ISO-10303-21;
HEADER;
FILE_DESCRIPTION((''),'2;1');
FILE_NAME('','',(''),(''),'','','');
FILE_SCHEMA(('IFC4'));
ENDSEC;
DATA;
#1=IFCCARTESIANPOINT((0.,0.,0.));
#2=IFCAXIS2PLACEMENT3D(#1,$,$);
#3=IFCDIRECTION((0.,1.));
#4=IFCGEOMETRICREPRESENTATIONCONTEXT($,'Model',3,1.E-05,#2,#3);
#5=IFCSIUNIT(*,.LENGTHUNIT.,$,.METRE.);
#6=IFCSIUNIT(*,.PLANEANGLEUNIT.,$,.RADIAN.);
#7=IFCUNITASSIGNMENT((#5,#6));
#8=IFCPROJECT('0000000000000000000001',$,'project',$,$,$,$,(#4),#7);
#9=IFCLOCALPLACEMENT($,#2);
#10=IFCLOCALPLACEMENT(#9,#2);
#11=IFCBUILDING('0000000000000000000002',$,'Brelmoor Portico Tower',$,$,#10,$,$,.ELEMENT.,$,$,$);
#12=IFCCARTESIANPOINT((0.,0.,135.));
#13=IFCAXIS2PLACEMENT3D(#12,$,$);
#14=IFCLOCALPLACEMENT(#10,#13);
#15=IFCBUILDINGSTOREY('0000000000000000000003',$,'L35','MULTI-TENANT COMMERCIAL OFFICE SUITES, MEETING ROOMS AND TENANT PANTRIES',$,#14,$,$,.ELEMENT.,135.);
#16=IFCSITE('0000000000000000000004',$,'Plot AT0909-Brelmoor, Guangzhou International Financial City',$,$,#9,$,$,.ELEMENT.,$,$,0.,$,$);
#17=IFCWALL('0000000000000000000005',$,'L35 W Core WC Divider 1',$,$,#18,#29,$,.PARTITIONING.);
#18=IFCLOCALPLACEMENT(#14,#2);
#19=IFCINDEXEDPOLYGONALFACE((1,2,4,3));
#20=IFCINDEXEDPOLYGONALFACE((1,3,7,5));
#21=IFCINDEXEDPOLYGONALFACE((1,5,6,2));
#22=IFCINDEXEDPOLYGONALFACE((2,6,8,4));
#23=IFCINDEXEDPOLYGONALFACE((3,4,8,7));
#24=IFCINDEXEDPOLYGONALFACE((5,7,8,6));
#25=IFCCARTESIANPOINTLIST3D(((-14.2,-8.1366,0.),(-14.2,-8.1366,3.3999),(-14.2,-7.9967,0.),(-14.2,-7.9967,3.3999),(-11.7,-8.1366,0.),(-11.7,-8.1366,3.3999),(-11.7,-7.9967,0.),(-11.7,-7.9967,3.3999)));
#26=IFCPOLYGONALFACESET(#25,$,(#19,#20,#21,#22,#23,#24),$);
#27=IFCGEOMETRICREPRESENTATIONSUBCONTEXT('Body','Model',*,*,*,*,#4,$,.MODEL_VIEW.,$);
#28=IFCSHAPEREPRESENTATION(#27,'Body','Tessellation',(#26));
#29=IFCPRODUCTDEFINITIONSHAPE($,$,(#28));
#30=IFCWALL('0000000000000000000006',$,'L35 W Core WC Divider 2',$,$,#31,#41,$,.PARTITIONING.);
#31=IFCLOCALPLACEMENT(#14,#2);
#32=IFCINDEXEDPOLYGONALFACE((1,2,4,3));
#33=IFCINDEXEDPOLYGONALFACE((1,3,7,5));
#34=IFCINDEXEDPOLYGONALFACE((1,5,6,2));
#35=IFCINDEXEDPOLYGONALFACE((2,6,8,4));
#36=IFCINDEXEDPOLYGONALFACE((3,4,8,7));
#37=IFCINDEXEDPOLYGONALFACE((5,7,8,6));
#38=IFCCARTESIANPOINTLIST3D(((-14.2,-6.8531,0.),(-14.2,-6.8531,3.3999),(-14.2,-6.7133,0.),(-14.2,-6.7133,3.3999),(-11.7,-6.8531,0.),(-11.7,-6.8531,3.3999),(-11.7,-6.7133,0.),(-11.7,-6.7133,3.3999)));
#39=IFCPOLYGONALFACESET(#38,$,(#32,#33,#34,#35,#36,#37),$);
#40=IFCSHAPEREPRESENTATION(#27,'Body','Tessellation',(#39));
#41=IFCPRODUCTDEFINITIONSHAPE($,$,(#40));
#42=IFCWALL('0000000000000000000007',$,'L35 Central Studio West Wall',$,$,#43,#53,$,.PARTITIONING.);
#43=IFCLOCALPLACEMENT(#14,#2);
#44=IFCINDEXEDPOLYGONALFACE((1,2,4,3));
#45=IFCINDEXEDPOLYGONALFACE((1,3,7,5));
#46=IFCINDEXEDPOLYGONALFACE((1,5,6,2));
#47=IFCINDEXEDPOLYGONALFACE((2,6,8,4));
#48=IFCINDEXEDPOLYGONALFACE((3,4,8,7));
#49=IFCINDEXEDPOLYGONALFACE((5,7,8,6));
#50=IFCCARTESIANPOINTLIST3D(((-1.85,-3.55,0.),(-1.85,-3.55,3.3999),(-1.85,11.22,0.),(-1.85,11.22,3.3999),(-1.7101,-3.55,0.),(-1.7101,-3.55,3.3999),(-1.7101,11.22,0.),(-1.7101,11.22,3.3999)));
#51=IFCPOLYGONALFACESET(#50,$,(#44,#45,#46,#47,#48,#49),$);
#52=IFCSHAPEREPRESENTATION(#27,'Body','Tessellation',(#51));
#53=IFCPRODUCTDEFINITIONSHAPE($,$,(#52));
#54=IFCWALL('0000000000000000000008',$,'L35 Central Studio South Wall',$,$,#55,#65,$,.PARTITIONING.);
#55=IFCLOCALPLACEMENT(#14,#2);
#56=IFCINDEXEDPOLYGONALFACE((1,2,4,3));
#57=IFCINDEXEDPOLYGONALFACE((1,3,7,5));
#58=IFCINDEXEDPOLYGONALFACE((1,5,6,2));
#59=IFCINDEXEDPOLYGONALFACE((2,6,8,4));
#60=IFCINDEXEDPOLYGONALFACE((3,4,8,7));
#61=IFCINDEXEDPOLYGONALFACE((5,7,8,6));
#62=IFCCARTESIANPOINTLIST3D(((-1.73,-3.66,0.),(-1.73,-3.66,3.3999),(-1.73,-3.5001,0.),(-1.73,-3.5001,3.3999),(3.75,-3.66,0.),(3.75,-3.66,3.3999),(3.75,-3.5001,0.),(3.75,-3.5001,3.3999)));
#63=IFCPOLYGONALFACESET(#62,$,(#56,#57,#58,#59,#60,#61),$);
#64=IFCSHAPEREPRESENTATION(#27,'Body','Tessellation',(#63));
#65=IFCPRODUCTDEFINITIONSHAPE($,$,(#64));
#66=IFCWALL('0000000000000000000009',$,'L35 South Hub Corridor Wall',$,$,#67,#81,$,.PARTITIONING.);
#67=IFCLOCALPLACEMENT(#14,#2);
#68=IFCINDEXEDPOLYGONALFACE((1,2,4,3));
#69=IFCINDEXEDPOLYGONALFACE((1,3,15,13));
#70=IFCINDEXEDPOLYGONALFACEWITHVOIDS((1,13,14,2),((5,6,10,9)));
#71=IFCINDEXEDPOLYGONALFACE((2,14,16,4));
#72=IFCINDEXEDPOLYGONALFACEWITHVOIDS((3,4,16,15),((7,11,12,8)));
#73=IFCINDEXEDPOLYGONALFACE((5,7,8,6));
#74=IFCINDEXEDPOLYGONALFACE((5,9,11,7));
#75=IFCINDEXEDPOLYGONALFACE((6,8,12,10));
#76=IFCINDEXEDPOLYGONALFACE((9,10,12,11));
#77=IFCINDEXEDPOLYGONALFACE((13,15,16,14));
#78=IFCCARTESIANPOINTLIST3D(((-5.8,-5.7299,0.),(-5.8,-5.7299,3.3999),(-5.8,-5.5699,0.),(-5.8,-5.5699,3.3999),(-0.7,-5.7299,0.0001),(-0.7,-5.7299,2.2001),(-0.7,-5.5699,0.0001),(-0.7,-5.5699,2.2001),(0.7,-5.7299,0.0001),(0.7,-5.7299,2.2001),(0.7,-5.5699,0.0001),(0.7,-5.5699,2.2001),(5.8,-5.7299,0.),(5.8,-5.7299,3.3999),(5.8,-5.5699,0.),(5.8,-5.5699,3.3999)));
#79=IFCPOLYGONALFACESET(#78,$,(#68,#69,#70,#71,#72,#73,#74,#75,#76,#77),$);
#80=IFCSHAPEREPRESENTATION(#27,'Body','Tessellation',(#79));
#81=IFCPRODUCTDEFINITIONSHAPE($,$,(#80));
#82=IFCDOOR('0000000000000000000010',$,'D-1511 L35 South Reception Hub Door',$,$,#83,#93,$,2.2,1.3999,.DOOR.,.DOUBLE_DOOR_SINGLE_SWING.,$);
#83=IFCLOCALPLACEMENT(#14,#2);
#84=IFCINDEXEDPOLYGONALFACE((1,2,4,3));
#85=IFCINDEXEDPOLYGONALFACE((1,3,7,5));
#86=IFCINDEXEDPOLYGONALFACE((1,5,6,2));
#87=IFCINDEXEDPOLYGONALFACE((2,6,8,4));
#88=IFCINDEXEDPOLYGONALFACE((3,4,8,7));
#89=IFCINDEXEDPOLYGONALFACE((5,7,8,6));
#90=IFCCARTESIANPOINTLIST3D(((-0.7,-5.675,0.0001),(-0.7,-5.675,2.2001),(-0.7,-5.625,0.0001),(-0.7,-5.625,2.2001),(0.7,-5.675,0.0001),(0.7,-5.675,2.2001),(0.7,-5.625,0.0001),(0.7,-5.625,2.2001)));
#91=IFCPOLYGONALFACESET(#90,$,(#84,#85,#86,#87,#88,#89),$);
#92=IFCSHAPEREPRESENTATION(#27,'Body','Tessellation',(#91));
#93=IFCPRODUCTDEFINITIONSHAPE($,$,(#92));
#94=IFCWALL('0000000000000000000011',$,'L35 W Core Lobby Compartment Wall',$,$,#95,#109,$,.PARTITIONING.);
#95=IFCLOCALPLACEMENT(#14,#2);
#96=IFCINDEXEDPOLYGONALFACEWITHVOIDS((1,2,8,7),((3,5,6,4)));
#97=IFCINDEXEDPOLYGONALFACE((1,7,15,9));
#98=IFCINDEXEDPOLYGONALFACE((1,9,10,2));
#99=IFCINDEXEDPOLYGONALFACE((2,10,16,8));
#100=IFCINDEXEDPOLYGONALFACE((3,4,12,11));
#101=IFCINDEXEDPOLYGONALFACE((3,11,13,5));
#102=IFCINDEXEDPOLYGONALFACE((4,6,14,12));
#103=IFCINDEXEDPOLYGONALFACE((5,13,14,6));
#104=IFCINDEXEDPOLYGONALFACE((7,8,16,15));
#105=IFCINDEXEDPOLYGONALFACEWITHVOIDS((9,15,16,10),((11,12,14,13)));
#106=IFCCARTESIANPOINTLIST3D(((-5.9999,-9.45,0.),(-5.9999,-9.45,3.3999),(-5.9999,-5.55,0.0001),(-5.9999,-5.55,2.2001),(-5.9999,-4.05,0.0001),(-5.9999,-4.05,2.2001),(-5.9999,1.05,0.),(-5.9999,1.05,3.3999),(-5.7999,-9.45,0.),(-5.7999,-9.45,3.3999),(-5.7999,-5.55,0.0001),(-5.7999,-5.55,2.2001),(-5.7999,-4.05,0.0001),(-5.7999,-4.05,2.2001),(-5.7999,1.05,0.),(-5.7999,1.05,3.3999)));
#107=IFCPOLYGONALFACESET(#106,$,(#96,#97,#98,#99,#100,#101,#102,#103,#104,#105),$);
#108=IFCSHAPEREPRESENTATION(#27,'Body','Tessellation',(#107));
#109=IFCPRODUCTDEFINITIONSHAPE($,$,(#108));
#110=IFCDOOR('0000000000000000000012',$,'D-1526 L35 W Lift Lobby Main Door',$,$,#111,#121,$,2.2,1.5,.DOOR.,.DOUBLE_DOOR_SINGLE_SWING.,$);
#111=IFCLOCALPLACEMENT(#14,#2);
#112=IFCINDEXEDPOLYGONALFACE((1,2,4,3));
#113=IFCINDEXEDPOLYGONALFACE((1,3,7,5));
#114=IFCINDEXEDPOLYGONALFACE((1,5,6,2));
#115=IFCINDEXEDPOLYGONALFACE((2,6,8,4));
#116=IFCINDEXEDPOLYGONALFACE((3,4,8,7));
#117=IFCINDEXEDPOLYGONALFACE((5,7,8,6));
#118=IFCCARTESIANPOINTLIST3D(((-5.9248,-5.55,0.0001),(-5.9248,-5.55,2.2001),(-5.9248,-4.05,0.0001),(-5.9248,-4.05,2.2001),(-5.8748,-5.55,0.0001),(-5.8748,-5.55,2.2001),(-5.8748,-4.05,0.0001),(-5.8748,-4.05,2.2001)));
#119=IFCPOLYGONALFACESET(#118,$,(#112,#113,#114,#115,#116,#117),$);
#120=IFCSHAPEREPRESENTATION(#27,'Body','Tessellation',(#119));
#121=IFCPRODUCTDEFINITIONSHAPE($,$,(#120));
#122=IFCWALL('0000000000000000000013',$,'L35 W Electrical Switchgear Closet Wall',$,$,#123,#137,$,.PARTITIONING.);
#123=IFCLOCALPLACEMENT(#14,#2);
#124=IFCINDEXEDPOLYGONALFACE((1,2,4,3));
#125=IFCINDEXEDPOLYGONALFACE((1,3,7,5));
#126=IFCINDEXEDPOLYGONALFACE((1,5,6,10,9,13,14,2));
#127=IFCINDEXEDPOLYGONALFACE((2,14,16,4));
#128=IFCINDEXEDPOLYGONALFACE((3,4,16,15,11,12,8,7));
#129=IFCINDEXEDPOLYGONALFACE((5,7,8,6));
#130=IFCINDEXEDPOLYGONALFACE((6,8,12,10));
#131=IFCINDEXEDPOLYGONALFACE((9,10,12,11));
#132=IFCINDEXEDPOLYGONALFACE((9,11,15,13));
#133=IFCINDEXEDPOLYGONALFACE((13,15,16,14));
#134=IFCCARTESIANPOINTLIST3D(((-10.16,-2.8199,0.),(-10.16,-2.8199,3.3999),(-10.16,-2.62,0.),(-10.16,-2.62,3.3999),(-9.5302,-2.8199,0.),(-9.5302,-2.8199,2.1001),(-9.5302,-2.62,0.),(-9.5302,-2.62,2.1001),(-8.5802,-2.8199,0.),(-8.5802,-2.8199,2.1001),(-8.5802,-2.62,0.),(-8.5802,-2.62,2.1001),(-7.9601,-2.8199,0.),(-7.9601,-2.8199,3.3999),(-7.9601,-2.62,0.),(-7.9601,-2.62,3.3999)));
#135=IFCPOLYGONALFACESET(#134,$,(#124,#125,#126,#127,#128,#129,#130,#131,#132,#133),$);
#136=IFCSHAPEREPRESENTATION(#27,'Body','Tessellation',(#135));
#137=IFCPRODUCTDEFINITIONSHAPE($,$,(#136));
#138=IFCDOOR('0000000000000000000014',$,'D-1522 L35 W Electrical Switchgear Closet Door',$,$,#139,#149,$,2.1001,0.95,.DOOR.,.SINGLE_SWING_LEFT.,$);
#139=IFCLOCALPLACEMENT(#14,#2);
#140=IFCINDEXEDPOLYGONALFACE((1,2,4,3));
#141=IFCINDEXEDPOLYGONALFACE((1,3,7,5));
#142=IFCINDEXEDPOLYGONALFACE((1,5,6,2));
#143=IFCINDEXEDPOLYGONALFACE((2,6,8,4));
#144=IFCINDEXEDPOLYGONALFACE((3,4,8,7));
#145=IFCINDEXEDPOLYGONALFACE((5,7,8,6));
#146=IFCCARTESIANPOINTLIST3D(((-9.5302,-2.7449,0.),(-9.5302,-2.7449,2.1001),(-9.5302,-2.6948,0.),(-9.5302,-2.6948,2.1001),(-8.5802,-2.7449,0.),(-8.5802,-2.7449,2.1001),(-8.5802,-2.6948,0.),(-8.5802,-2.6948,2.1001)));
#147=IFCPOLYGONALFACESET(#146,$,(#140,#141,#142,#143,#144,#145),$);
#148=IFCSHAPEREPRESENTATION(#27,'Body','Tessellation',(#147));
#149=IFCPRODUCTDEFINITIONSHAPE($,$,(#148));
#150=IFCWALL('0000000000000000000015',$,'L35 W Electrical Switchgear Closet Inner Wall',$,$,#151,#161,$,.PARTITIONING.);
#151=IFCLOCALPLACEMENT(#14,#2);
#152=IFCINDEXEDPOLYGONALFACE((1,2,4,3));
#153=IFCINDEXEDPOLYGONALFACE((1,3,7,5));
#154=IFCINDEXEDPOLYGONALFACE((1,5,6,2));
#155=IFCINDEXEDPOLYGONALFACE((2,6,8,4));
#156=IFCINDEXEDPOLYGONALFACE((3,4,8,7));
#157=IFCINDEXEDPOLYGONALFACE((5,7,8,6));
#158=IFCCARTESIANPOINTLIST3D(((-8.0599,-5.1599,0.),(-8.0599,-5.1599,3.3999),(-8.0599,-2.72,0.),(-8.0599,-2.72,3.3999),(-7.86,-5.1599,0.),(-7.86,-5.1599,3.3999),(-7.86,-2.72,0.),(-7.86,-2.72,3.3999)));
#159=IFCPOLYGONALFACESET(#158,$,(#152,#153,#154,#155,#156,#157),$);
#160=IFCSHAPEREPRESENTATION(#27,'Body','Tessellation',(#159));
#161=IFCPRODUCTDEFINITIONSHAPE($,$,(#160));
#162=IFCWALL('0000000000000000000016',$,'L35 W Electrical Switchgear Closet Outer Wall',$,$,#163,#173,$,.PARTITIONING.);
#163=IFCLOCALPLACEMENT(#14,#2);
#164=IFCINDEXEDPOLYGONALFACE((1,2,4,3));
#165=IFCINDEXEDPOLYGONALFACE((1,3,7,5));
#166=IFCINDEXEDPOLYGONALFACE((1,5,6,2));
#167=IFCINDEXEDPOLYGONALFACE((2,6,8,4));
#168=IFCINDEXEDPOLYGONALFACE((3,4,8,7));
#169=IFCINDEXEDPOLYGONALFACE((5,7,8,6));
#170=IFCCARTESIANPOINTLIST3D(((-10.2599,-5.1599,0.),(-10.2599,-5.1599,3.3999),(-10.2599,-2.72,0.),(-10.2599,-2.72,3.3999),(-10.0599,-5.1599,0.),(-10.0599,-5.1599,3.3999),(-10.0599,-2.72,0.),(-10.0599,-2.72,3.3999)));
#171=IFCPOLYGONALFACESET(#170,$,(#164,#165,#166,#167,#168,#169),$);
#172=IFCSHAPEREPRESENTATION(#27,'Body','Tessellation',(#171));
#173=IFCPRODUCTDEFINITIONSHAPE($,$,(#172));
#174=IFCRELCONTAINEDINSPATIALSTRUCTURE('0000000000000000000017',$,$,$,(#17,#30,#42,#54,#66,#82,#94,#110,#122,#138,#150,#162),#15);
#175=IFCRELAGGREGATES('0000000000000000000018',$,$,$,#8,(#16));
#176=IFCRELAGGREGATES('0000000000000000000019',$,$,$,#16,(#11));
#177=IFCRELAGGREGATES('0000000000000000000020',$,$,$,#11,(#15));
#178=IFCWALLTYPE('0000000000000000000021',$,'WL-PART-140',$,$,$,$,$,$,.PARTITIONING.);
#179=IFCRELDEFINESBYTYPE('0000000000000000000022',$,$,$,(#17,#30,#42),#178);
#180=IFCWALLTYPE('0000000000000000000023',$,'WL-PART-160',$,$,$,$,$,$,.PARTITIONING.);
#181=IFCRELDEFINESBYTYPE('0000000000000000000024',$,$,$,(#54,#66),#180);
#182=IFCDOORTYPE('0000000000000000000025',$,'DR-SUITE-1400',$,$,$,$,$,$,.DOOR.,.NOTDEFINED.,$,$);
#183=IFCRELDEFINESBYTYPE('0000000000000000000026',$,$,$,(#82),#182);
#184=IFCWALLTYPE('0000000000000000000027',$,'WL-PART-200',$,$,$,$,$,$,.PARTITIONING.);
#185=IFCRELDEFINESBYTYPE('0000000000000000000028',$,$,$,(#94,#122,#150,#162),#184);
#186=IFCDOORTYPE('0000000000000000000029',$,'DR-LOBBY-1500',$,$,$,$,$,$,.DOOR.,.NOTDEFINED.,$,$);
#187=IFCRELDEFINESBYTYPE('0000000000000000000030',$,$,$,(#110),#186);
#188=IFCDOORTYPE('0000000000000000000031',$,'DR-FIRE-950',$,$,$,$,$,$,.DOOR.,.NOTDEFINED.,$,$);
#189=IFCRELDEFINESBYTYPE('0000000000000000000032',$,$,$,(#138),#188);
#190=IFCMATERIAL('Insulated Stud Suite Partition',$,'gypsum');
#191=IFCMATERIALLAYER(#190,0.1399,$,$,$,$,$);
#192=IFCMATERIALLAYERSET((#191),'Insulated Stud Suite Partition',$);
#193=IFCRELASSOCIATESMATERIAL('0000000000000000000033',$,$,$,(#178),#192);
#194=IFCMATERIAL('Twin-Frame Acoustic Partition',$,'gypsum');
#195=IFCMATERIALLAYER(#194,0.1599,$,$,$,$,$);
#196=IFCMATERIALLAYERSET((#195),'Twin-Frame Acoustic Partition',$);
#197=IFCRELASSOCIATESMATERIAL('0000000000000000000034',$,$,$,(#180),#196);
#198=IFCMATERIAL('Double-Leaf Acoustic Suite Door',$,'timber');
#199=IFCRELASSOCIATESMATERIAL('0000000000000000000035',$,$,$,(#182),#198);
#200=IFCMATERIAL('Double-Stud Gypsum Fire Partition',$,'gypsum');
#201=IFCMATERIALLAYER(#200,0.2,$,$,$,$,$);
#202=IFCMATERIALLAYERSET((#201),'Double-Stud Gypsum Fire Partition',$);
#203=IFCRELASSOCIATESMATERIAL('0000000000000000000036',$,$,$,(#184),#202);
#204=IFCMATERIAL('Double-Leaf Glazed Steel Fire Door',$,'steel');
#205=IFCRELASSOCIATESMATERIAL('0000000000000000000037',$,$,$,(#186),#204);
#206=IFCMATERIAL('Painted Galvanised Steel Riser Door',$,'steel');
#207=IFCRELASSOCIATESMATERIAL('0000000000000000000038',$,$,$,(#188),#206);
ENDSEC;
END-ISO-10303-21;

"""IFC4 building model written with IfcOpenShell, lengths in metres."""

from ifc_helpers import new_model, si_unit, direction, frame, frame_2d, origin, place, context, subcontext, project, spatial, rectangle, extrude, material, layer, layer_set, type_object, element, fill, save


model = new_model("IFC4")

# Units and contexts
model_context = context("Model", 3, precision=1e-05, world=origin(), true_north=direction((0.0, 1.0)))
body_context = subcontext(model_context, "Body", "Model", "MODEL_VIEW")
ifc_project = project(units=[si_unit("LENGTHUNIT", "METRE"), si_unit("PLANEANGLEUNIT", "RADIAN")], contexts=[model_context])

# Site, building, storey
site_placement = place(None, origin())
site = spatial("IfcSite", under=ifc_project, at=site_placement, Name="Plot AT0909-Brelmoor, Guangzhou International Financial City", CompositionType="ELEMENT", RefElevation=0.0)
building_placement = place(site_placement, origin())
building = spatial("IfcBuilding", under=site, at=building_placement, Name="Brelmoor Portico Tower", CompositionType="ELEMENT")
storey_placement = place(building_placement, frame((0.0, 0.0, 135.0)))
storey = spatial("IfcBuildingStorey", under=building, at=storey_placement, Name="L35", Description="MULTI-TENANT COMMERCIAL OFFICE SUITES, MEETING ROOMS AND TENANT PANTRIES", CompositionType="ELEMENT", Elevation=135.0)

# Walls
ifc_material_1 = material(Name="Insulated Stud Suite Partition", Category="gypsum")
ifc_layer_1 = layer(ifc_material_1, 0.1399)
ifc_layer_set_1 = layer_set([ifc_layer_1], Name="Insulated Stud Suite Partition")
wall_type_1 = type_object("IfcWallType", Name="WL-PART-140", PredefinedType="PARTITIONING", material=ifc_layer_set_1)
for number, where, z_axis, x_axis, name in (
    (1, (-11.7, -8.0667, 0.0), (0.0, 0.0, 1.0), (-1.0, 0.0, 0.0), "L35 W Core WC Divider 1"),
    (2, (-11.7, -6.7832, 0.0), (0.0, 0.0, 1.0), (-1.0, 0.0, 0.0), "L35 W Core WC Divider 2"),
):
    element("IfcWall", number, at=place(storey_placement, frame(where, z_axis=z_axis, x_axis=x_axis)), inside=storey, type_object=wall_type_1, Name=name, PredefinedType="PARTITIONING", context=body_context, shape_type="SweptSolid", body=[
        extrude(rectangle(XDim=2.5, YDim=0.1399, at=frame_2d((1.25, 0.0))), origin(), (0.0, 0.0, 1.0), 3.3999),
    ])
wall_1_placement = place(storey_placement, frame((-1.78, -3.55, 0.0), z_axis=(0.0, 0.0, 1.0), x_axis=(0.0, 1.0, 0.0)))
element("IfcWall", 3, at=wall_1_placement, inside=storey, type_object=wall_type_1, Name="L35 Central Studio West Wall", PredefinedType="PARTITIONING", context=body_context, shape_type="SweptSolid", body=[
    extrude(rectangle(XDim=14.77, YDim=0.1399, at=frame_2d((7.385, 0.0))), origin(), (0.0, 0.0, 1.0), 3.3999),
])

# Shared definitions
ifc_material_2 = material(Name="Twin-Frame Acoustic Partition", Category="gypsum")
ifc_layer_2 = layer(ifc_material_2, 0.1599)
ifc_layer_set_2 = layer_set([ifc_layer_2], Name="Twin-Frame Acoustic Partition")
wall_type_2 = type_object("IfcWallType", Name="WL-PART-160", PredefinedType="PARTITIONING", material=ifc_layer_set_2)

# Wall
wall_2_placement = place(storey_placement, frame((-1.73, -3.5801, 0.0), z_axis=(0.0, 0.0, 1.0), x_axis=(1.0, 0.0, 0.0)))
element("IfcWall", 4, at=wall_2_placement, inside=storey, type_object=wall_type_2, Name="L35 Central Studio South Wall", PredefinedType="PARTITIONING", context=body_context, shape_type="SweptSolid", body=[
    extrude(rectangle(XDim=5.48, YDim=0.1599, at=frame_2d((2.74, 0.0))), origin(), (0.0, 0.0, 1.0), 3.3999),
])

# Walls, openings, doors
wall_3_placement = place(storey_placement, frame((-5.8, -5.6499, 0.0), z_axis=(0.0, 0.0, 1.0), x_axis=(1.0, 0.0, 0.0)))
wall_3 = element("IfcWall", 5, at=wall_3_placement, inside=storey, type_object=wall_type_2, Name="L35 South Hub Corridor Wall", PredefinedType="PARTITIONING", context=body_context, shape_type="SweptSolid", body=[
    extrude(rectangle(XDim=11.6001, YDim=0.1599, at=frame_2d((5.8, 0.0))), origin(), (0.0, 0.0, 1.0), 3.3999),
])
opening_1_placement = place(wall_3_placement, frame((5.1001, 0.0, 0.0)))
opening_1 = element("IfcOpeningElement", 6, at=opening_1_placement, cuts=wall_3, PredefinedType="OPENING", context=body_context, shape_type="SweptSolid", body=[
    extrude(rectangle(XDim=1.3999, YDim=2.2, at=frame_2d((0.7, 1.1001))), frame((0.0, 0.0898, 0.0), z_axis=(0.0, -1.0, 0.0), x_axis=(1.0, 0.0, 0.0)), (0.0, 0.0, 1.0), 0.1799),
])
ifc_material_3 = material(Name="Double-Leaf Acoustic Suite Door", Category="timber")
door_type_1 = type_object("IfcDoorType", Name="DR-SUITE-1400", OperationType="NOTDEFINED", PredefinedType="DOOR", material=ifc_material_3)
door_1_placement = place(opening_1_placement, origin())
door_1 = element("IfcDoor", 7, at=door_1_placement, inside=storey, type_object=door_type_1, Name="D-1511 L35 South Reception Hub Door", OperationType="DOUBLE_DOOR_SINGLE_SWING", OverallHeight=2.2, OverallWidth=1.3999, PredefinedType="DOOR", context=body_context, shape_type="SweptSolid", body=[
    extrude(rectangle(XDim=1.3999, YDim=2.2, at=frame_2d((0.7, 1.1001))), frame((0.0, 0.0249, 0.0), z_axis=(0.0, -1.0, 0.0), x_axis=(1.0, 0.0, 0.0)), (0.0, 0.0, 1.0), 0.05),
])
fill(opening_1, door_1)
ifc_material_4 = material(Name="Double-Stud Gypsum Fire Partition", Category="gypsum")
ifc_layer_3 = layer(ifc_material_4, 0.2)
ifc_layer_set_3 = layer_set([ifc_layer_3], Name="Double-Stud Gypsum Fire Partition")
wall_type_3 = type_object("IfcWallType", Name="WL-PART-200", PredefinedType="PARTITIONING", material=ifc_layer_set_3)
wall_4_placement = place(storey_placement, frame((-5.8999, -9.45, 0.0), z_axis=(0.0, 0.0, 1.0), x_axis=(0.0, 1.0, 0.0)))
wall_4 = element("IfcWall", 8, at=wall_4_placement, inside=storey, type_object=wall_type_3, Name="L35 W Core Lobby Compartment Wall", PredefinedType="PARTITIONING", context=body_context, shape_type="SweptSolid", body=[
    extrude(rectangle(XDim=10.5, YDim=0.2, at=frame_2d((5.25, 0.0))), origin(), (0.0, 0.0, 1.0), 3.3999),
])
opening_2_placement = place(wall_4_placement, frame((3.8999, 0.0, 0.0)))
opening_2 = element("IfcOpeningElement", 9, at=opening_2_placement, cuts=wall_4, PredefinedType="OPENING", context=body_context, shape_type="SweptSolid", body=[
    extrude(rectangle(XDim=1.5, YDim=2.2, at=frame_2d((0.75, 1.1001))), frame((0.0, 0.1099, 0.0), z_axis=(0.0, -1.0, 0.0), x_axis=(1.0, 0.0, 0.0)), (0.0, 0.0, 1.0), 0.22),
])
ifc_material_5 = material(Name="Double-Leaf Glazed Steel Fire Door", Category="steel")
door_type_2 = type_object("IfcDoorType", Name="DR-LOBBY-1500", OperationType="NOTDEFINED", PredefinedType="DOOR", material=ifc_material_5)
door_2_placement = place(opening_2_placement, origin())
door_2 = element("IfcDoor", 10, at=door_2_placement, inside=storey, type_object=door_type_2, Name="D-1526 L35 W Lift Lobby Main Door", OperationType="DOUBLE_DOOR_SINGLE_SWING", OverallHeight=2.2, OverallWidth=1.5, PredefinedType="DOOR", context=body_context, shape_type="SweptSolid", body=[
    extrude(rectangle(XDim=1.5, YDim=2.2, at=frame_2d((0.75, 1.1001))), frame((0.0, 0.0249, 0.0), z_axis=(0.0, -1.0, 0.0), x_axis=(1.0, 0.0, 0.0)), (0.0, 0.0, 1.0), 0.05),
])
fill(opening_2, door_2)
wall_5_placement = place(storey_placement, frame((-7.96, -2.72, 0.0), z_axis=(0.0, 0.0, 1.0), x_axis=(-1.0, 0.0, 0.0)))
wall_5 = element("IfcWall", 11, at=wall_5_placement, inside=storey, type_object=wall_type_3, Name="L35 W Electrical Switchgear Closet Wall", PredefinedType="PARTITIONING", context=body_context, shape_type="SweptSolid", body=[
    extrude(rectangle(XDim=2.2, YDim=0.2, at=frame_2d((1.1001, 0.0))), origin(), (0.0, 0.0, 1.0), 3.3999),
])
opening_3_placement = place(wall_5_placement, frame((0.6201, 0.0, 0.0)))
opening_3 = element("IfcOpeningElement", 12, at=opening_3_placement, cuts=wall_5, PredefinedType="OPENING", context=body_context, shape_type="SweptSolid", body=[
    extrude(rectangle(XDim=0.95, YDim=2.1001, at=frame_2d((0.4751, 1.05))), frame((0.0, 0.1099, 0.0), z_axis=(0.0, -1.0, 0.0), x_axis=(1.0, 0.0, 0.0)), (0.0, 0.0, 1.0), 0.22),
])
ifc_material_6 = material(Name="Painted Galvanised Steel Riser Door", Category="steel")
door_type_3 = type_object("IfcDoorType", Name="DR-FIRE-950", OperationType="NOTDEFINED", PredefinedType="DOOR", material=ifc_material_6)
door_3_placement = place(opening_3_placement, origin())
door_3 = element("IfcDoor", 13, at=door_3_placement, inside=storey, type_object=door_type_3, Name="D-1522 L35 W Electrical Switchgear Closet Door", OperationType="SINGLE_SWING_LEFT", OverallHeight=2.1001, OverallWidth=0.95, PredefinedType="DOOR", context=body_context, shape_type="SweptSolid", body=[
    extrude(rectangle(XDim=0.95, YDim=2.1001, at=frame_2d((0.4751, 1.05))), frame((0.0, 0.0249, 0.0), z_axis=(0.0, -1.0, 0.0), x_axis=(1.0, 0.0, 0.0)), (0.0, 0.0, 1.0), 0.05),
])
fill(opening_3, door_3)

# Walls
for number, where, z_axis, x_axis, name in (
    (14, (-7.96, -5.1599, 0.0), (0.0, 0.0, 1.0), (0.0, 1.0, 0.0), "L35 W Electrical Switchgear Closet Inner Wall"),
    (15, (-10.1599, -5.1599, 0.0), (0.0, 0.0, 1.0), (0.0, 1.0, 0.0), "L35 W Electrical Switchgear Closet Outer Wall"),
):
    element("IfcWall", number, at=place(storey_placement, frame(where, z_axis=z_axis, x_axis=x_axis)), inside=storey, type_object=wall_type_3, Name=name, PredefinedType="PARTITIONING", context=body_context, shape_type="SweptSolid", body=[
        extrude(rectangle(XDim=2.4399, YDim=0.2, at=frame_2d((1.22, 0.0))), origin(), (0.0, 0.0, 1.0), 3.3999),
    ])

save(model, "model.ifc")
